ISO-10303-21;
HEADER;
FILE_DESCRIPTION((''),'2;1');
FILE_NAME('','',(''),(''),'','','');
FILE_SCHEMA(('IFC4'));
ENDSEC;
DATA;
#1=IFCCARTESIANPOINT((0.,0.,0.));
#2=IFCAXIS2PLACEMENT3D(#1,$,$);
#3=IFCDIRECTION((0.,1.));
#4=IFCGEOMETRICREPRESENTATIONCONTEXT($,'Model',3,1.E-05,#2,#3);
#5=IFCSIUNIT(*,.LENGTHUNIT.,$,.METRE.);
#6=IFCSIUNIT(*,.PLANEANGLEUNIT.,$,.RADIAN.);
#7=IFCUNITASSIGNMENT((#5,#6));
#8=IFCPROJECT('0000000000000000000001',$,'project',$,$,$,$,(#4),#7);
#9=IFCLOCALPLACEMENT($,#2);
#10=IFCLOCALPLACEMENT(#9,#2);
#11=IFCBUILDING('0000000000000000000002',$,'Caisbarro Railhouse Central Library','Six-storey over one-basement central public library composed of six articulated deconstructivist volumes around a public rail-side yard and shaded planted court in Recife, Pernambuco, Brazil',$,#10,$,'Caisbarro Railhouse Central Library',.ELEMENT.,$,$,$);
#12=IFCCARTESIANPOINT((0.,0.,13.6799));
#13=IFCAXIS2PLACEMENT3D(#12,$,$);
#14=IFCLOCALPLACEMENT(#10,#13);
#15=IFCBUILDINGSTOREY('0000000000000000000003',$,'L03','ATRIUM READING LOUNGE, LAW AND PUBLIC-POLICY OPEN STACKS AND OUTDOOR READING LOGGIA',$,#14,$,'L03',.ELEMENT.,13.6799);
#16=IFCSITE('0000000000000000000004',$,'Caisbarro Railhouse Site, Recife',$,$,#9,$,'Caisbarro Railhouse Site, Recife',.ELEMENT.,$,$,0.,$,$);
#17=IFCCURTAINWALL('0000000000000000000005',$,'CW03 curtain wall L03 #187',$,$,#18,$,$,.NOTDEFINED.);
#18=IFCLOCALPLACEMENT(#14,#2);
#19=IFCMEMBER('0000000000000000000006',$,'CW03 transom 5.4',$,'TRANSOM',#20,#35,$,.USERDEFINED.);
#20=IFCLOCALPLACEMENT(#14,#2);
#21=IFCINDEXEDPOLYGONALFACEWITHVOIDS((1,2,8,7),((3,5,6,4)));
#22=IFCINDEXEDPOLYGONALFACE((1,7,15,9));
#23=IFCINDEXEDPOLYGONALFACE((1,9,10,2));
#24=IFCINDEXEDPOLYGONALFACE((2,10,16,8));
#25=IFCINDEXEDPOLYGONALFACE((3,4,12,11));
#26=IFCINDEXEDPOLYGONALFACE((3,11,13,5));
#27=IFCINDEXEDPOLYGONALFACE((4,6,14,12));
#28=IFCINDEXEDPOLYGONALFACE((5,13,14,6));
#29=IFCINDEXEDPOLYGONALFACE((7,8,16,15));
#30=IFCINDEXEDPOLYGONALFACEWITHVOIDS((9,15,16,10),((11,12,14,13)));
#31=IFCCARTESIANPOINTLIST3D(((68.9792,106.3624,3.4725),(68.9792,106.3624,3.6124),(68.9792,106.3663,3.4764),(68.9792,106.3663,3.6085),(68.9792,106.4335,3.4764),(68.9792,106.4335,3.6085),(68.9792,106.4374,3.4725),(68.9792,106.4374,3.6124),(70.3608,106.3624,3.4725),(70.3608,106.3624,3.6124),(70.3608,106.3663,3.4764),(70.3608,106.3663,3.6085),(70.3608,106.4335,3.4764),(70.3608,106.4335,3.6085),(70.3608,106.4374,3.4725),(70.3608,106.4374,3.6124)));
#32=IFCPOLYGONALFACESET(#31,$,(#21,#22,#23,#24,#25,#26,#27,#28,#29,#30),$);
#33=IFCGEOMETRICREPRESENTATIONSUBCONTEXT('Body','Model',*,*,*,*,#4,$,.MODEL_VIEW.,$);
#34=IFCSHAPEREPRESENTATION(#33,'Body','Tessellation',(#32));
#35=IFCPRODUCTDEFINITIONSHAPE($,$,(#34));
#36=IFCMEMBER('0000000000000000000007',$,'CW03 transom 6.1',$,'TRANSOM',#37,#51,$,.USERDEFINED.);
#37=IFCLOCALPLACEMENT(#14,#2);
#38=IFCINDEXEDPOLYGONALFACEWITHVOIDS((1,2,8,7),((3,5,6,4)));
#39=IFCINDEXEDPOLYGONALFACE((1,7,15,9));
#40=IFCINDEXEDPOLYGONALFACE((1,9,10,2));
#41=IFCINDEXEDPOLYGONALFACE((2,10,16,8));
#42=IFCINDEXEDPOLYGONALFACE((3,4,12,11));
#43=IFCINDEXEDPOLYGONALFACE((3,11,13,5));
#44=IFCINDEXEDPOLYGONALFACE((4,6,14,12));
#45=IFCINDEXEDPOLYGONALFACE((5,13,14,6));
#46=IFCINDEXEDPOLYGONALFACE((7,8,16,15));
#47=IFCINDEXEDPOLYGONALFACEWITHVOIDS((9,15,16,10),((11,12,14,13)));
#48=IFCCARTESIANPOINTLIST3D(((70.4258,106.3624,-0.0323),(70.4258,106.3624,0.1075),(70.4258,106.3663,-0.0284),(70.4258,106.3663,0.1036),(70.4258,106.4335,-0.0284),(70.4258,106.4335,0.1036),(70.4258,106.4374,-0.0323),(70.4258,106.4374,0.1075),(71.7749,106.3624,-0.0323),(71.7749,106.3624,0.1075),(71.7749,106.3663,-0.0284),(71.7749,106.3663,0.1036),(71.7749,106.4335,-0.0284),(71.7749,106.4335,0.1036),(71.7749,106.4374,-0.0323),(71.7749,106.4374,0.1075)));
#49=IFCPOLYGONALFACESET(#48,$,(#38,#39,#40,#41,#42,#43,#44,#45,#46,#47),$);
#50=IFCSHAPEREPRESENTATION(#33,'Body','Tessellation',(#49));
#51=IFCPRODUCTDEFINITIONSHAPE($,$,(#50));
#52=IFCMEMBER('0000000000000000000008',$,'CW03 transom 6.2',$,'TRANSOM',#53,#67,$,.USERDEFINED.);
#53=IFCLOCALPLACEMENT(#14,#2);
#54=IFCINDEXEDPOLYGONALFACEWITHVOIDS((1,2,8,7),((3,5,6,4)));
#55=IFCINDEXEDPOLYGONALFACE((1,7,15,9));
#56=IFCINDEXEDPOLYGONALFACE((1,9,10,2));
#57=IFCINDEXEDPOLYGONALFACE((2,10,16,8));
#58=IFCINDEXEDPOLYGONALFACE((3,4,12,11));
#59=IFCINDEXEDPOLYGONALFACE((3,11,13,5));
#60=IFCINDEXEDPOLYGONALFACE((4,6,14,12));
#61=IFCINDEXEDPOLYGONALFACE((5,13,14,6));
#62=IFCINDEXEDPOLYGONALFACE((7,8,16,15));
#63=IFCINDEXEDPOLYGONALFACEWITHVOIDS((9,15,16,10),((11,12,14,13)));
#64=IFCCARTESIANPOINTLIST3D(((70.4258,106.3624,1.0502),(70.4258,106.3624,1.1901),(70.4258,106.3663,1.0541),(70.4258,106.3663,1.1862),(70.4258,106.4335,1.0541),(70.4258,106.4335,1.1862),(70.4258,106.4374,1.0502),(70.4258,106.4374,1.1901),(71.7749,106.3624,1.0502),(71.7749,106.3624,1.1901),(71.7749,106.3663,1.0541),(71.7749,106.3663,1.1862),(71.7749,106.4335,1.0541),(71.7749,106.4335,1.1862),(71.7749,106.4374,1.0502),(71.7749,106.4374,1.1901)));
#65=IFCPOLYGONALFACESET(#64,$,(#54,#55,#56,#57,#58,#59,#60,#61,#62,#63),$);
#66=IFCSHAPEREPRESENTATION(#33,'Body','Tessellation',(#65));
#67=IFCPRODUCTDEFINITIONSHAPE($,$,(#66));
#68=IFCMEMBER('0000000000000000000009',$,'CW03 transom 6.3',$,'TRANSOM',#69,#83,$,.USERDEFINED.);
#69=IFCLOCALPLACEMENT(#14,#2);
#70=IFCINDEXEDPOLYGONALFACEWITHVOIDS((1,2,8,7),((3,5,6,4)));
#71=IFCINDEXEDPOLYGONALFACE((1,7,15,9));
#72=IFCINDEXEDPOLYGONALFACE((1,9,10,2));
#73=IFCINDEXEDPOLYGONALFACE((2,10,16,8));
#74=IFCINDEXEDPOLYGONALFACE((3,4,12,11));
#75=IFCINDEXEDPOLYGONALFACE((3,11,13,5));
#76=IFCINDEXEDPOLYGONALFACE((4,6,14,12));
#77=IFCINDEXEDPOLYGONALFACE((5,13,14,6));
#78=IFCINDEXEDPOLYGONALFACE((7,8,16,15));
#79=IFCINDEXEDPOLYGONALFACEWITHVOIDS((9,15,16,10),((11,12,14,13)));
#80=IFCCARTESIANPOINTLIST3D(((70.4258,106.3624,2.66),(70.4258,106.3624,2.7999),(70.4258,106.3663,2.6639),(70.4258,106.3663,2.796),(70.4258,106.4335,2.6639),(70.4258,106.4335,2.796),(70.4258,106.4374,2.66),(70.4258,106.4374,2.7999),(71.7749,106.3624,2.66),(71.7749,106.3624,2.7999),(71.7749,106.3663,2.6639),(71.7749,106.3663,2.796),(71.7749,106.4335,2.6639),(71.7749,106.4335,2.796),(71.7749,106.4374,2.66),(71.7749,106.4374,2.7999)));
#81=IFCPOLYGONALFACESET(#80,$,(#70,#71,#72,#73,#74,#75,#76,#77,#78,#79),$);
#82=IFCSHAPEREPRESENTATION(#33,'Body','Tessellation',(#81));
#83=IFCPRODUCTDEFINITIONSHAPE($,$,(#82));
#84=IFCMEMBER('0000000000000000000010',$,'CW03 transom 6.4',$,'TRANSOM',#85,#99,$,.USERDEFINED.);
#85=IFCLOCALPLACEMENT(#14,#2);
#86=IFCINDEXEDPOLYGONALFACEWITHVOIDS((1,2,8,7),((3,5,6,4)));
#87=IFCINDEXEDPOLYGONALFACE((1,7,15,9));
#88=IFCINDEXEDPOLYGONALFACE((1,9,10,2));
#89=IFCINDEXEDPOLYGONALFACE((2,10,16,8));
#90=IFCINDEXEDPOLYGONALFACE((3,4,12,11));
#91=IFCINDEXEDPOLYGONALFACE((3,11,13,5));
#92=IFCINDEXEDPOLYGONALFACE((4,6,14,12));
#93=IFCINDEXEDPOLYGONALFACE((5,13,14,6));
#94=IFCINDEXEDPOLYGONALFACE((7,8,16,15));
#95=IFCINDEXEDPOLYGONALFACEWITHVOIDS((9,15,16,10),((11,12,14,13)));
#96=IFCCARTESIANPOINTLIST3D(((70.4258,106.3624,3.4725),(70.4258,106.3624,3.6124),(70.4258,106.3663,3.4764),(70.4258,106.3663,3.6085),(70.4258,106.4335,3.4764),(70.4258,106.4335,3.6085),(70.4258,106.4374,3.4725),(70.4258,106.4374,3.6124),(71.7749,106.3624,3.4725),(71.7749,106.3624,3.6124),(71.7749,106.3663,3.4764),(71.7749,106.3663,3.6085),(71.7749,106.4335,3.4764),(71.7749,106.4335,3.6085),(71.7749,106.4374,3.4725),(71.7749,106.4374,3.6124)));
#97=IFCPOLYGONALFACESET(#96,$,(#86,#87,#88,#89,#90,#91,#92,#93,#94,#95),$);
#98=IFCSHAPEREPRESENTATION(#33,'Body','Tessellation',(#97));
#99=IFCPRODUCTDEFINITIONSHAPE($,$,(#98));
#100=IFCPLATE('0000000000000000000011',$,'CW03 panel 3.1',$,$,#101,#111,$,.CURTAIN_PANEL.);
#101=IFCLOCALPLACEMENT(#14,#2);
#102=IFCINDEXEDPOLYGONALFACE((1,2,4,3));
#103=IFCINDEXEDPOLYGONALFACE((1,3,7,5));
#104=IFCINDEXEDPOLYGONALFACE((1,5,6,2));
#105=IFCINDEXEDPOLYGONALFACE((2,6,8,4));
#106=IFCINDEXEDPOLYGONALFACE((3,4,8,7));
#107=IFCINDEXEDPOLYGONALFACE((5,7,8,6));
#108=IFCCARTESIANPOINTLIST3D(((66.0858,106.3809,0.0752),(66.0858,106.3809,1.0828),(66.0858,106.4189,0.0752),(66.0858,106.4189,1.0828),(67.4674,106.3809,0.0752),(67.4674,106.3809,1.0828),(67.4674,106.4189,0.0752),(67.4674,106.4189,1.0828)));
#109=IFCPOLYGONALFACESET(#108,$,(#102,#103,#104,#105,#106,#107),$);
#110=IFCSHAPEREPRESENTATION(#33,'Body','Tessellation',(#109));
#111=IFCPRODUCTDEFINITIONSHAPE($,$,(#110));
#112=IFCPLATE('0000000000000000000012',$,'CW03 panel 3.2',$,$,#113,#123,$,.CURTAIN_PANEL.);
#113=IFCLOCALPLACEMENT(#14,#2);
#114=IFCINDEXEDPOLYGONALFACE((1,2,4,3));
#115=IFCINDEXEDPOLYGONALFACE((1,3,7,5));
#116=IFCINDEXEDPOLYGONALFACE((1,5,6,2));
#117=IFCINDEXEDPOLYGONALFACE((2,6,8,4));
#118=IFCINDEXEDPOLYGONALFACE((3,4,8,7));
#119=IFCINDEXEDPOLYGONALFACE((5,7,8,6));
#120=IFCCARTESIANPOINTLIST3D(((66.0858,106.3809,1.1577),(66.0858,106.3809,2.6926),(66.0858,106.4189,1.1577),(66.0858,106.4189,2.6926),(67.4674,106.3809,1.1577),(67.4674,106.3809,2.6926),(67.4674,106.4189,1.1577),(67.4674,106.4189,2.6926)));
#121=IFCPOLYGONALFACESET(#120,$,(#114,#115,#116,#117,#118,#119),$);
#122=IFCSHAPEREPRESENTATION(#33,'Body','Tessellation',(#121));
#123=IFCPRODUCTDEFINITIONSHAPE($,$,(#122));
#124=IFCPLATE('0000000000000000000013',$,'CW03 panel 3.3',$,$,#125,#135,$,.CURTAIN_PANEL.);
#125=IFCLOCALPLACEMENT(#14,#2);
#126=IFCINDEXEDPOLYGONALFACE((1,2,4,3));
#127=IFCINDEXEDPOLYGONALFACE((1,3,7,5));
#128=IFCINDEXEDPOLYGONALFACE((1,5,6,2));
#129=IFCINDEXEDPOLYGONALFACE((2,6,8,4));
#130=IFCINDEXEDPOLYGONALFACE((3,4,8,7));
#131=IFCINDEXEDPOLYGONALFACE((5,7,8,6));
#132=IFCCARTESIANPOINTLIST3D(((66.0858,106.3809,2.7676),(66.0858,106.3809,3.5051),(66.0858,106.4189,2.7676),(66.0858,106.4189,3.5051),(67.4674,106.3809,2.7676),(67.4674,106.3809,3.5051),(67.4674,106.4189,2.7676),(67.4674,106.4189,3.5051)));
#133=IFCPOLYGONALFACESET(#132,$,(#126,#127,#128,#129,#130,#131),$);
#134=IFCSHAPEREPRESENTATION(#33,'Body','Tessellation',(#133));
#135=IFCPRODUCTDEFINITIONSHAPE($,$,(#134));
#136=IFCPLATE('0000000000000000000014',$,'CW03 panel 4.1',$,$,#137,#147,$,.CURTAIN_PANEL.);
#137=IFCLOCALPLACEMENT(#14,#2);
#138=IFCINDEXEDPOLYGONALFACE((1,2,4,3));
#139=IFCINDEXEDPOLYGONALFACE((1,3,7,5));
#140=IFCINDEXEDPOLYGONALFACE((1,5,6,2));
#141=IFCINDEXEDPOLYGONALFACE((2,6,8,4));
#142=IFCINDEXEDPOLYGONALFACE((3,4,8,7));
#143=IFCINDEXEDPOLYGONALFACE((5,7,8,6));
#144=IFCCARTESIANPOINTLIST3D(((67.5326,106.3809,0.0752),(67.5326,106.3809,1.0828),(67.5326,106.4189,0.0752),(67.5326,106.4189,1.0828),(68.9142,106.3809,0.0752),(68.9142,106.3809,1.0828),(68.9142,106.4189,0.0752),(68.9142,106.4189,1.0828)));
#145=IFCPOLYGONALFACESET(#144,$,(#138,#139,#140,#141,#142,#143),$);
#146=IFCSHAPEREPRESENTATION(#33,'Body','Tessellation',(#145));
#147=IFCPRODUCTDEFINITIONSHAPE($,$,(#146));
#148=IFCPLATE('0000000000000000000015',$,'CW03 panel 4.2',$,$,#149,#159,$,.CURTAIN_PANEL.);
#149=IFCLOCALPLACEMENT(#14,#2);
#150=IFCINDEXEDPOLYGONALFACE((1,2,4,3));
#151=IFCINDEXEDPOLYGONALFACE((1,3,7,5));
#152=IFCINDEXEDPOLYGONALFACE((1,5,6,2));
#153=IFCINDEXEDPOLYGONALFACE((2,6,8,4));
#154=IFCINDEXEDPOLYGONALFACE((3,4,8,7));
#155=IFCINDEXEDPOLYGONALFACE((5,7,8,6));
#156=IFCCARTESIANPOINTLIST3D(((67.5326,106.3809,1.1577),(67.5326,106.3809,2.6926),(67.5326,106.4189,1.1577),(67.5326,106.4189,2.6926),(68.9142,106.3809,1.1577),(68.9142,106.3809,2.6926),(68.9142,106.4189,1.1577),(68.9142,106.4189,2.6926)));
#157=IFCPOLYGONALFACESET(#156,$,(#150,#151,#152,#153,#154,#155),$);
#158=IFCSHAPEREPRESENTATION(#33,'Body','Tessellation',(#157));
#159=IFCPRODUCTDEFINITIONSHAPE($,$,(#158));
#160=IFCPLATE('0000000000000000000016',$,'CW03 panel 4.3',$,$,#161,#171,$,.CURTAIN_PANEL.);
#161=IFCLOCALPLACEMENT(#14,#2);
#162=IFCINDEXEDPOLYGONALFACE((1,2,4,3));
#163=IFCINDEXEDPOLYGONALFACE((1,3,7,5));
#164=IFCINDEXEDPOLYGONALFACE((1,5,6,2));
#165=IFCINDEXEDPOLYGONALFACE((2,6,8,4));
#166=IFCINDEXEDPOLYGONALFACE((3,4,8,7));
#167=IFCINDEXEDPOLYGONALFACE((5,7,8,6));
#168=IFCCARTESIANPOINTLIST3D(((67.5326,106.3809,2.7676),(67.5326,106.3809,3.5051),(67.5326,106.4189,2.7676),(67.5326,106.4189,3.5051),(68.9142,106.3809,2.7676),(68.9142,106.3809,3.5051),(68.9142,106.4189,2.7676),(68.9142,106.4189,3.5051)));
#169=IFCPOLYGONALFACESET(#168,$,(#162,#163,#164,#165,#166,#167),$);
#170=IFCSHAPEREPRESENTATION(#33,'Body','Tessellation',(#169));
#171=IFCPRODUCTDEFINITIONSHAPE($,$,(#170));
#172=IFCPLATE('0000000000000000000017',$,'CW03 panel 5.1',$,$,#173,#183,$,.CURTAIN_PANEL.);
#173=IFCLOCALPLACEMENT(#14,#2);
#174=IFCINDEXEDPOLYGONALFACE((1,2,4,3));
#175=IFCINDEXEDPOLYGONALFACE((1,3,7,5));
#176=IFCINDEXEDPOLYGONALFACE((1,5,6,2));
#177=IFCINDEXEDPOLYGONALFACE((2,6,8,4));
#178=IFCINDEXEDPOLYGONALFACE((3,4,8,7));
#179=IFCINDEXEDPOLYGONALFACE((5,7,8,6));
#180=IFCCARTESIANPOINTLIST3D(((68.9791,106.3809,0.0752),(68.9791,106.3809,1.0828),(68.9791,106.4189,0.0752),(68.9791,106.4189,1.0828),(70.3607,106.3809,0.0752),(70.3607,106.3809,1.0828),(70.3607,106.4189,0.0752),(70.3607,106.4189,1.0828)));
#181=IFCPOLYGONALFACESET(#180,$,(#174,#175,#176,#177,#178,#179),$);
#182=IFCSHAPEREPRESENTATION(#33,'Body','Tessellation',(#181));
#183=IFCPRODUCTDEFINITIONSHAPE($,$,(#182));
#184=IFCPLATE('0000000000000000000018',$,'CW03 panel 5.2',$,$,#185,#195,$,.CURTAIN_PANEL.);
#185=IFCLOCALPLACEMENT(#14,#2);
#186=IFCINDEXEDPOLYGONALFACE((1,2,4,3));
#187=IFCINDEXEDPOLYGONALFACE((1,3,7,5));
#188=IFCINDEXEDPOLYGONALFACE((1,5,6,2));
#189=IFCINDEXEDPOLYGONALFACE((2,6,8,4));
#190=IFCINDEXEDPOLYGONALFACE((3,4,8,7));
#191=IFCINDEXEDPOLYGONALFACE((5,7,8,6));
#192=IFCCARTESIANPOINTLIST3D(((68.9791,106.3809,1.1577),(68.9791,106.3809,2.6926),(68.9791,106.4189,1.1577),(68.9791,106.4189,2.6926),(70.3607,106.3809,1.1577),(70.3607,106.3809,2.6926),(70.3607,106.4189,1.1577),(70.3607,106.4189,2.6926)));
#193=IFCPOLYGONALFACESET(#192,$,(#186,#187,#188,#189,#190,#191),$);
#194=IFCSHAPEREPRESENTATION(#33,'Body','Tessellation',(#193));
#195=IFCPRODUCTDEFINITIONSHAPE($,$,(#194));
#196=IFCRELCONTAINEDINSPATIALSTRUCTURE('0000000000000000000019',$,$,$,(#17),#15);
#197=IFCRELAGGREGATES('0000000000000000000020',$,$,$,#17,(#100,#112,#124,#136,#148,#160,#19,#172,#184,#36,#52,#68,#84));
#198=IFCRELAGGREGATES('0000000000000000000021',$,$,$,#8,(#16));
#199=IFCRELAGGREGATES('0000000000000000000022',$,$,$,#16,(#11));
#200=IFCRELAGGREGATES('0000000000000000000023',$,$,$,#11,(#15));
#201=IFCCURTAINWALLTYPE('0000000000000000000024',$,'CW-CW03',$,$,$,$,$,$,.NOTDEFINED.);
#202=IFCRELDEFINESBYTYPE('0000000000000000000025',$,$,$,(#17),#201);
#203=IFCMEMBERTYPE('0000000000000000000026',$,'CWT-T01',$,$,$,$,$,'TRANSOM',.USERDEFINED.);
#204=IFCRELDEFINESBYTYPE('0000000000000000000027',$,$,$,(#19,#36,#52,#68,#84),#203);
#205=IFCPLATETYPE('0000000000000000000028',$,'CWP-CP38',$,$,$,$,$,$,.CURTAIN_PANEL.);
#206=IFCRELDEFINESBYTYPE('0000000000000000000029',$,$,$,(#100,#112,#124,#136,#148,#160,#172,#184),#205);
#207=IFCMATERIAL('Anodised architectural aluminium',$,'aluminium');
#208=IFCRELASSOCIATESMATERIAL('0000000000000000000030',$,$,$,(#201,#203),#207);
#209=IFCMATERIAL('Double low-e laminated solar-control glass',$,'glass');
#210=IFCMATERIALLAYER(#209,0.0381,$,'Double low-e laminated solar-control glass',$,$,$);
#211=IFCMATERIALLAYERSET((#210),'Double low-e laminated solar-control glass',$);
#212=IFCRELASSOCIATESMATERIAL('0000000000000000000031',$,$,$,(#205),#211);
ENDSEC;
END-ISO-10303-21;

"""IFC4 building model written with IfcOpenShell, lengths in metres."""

from ifc_helpers import new_model, si_unit, direction, frame, origin, origin_2d, place, context, subcontext, project, spatial, rectangle, hollow_rectangle, extrude, material, layer, layer_set, material_profile, profile_set, type_object, element, aggregate, save


model = new_model("IFC4")

# Units and contexts
model_context = context("Model", 3, precision=1e-05, world=origin(), true_north=direction((0.0, 1.0)))
body_context = subcontext(model_context, "Body", "Model", "MODEL_VIEW")
ifc_project = project(units=[si_unit("LENGTHUNIT", "METRE"), si_unit("PLANEANGLEUNIT", "RADIAN")], contexts=[model_context])

# Site, building, storey
site_placement = place(None, origin())
site = spatial("IfcSite", under=ifc_project, at=site_placement, Name="Caisbarro Railhouse Site, Recife", LongName="Caisbarro Railhouse Site, Recife", CompositionType="ELEMENT", RefElevation=0.0)
building_placement = place(site_placement, origin())
building = spatial("IfcBuilding", under=site, at=building_placement, Name="Caisbarro Railhouse Central Library", Description="Six-storey over one-basement central public library composed of six articulated deconstructivist volumes around a public rail-side yard and shaded planted court in Recife, Pernambuco, Brazil", LongName="Caisbarro Railhouse Central Library", CompositionType="ELEMENT")
storey_placement = place(building_placement, frame((0.0, 0.0, 13.6799)))
storey = spatial("IfcBuildingStorey", under=building, at=storey_placement, Name="L03", Description="ATRIUM READING LOUNGE, LAW AND PUBLIC-POLICY OPEN STACKS AND OUTDOOR READING LOGGIA", LongName="L03", CompositionType="ELEMENT", Elevation=13.6799)

# Curtain wall, members, plates
ifc_material_1 = material(Name="Anodised architectural aluminium", Category="aluminium")
curtain_wall_type = type_object("IfcCurtainWallType", Name="CW-CW03", PredefinedType="NOTDEFINED", material=ifc_material_1)
curtain_wall_placement = place(storey_placement, origin())
curtain_wall = element("IfcCurtainWall", 1, at=curtain_wall_placement, inside=storey, type_object=curtain_wall_type, Name="CW03 curtain wall L03 #187", PredefinedType="NOTDEFINED")
ifc_material_profile_1 = material_profile(ifc_material_1, hollow_rectangle(XDim=0.075, YDim=0.1399, WallThickness=0.0039, at=origin_2d()), Name="ALU-TRN-75X140")
ifc_profile_set_1 = profile_set([ifc_material_profile_1], Name="Anodised architectural aluminium")
member_type_1 = type_object("IfcMemberType", Name="CWT-T01", ElementType="TRANSOM", PredefinedType="USERDEFINED", material=ifc_profile_set_1)
member_1_placement = place(storey_placement, frame((68.9792, 106.3999, 3.5425), z_axis=(1.0, 0.0, 0.0), x_axis=(0.0, 1.0, 0.0)))
member_1 = element("IfcMember", 2, at=member_1_placement, type_object=member_type_1, Name="CW03 transom 5.4", ObjectType="TRANSOM", PredefinedType="USERDEFINED", context=body_context, shape_type="SweptSolid", body=[
    extrude(hollow_rectangle(XDim=0.075, YDim=0.1399, WallThickness=0.0039, at=origin_2d()), origin(), (0.0, 0.0, 1.0), 1.3816),
])
member_2_placement = place(storey_placement, frame((70.4258, 106.3999, 0.0376), z_axis=(1.0, 0.0, 0.0), x_axis=(0.0, 1.0, 0.0)))
member_2 = element("IfcMember", 3, at=member_2_placement, type_object=member_type_1, Name="CW03 transom 6.1", ObjectType="TRANSOM", PredefinedType="USERDEFINED", context=body_context, shape_type="SweptSolid", body=[
    extrude(hollow_rectangle(XDim=0.075, YDim=0.1399, WallThickness=0.0039, at=origin_2d()), origin(), (0.0, 0.0, 1.0), 1.3491),
])
member_3_placement = place(storey_placement, frame((70.4258, 106.3999, 1.1201), z_axis=(1.0, 0.0, 0.0), x_axis=(0.0, 1.0, 0.0)))
member_3 = element("IfcMember", 4, at=member_3_placement, type_object=member_type_1, Name="CW03 transom 6.2", ObjectType="TRANSOM", PredefinedType="USERDEFINED", context=body_context, shape_type="SweptSolid", body=[
    extrude(hollow_rectangle(XDim=0.075, YDim=0.1399, WallThickness=0.0039, at=origin_2d()), origin(), (0.0, 0.0, 1.0), 1.3491),
])
member_4_placement = place(storey_placement, frame((70.4258, 106.3999, 2.73), z_axis=(1.0, 0.0, 0.0), x_axis=(0.0, 1.0, 0.0)))
member_4 = element("IfcMember", 5, at=member_4_placement, type_object=member_type_1, Name="CW03 transom 6.3", ObjectType="TRANSOM", PredefinedType="USERDEFINED", context=body_context, shape_type="SweptSolid", body=[
    extrude(hollow_rectangle(XDim=0.075, YDim=0.1399, WallThickness=0.0039, at=origin_2d()), origin(), (0.0, 0.0, 1.0), 1.3491),
])
member_5_placement = place(storey_placement, frame((70.4258, 106.3999, 3.5425), z_axis=(1.0, 0.0, 0.0), x_axis=(0.0, 1.0, 0.0)))
member_5 = element("IfcMember", 6, at=member_5_placement, type_object=member_type_1, Name="CW03 transom 6.4", ObjectType="TRANSOM", PredefinedType="USERDEFINED", context=body_context, shape_type="SweptSolid", body=[
    extrude(hollow_rectangle(XDim=0.075, YDim=0.1399, WallThickness=0.0039, at=origin_2d()), origin(), (0.0, 0.0, 1.0), 1.3491),
])
ifc_material_2 = material(Name="Double low-e laminated solar-control glass", Category="glass")
ifc_layer_1 = layer(ifc_material_2, 0.0381, Name="Double low-e laminated solar-control glass")
ifc_layer_set_1 = layer_set([ifc_layer_1], Name="Double low-e laminated solar-control glass")
plate_type = type_object("IfcPlateType", Name="CWP-CP38", PredefinedType="CURTAIN_PANEL", material=ifc_layer_set_1)
plate_1_placement = place(storey_placement, frame((66.7766, 106.3999, 0.0752), z_axis=(0.0, 0.0, 1.0), x_axis=(1.0, 0.0, 0.0)))
plate_1 = element("IfcPlate", 7, at=plate_1_placement, type_object=plate_type, Name="CW03 panel 3.1", PredefinedType="CURTAIN_PANEL", context=body_context, shape_type="SweptSolid", body=[
    extrude(rectangle(XDim=1.3816, YDim=0.0381, at=origin_2d()), origin(), (0.0, 0.0, 1.0), 1.0076),
])
plate_2_placement = place(storey_placement, frame((66.7766, 106.3999, 1.1577), z_axis=(0.0, 0.0, 1.0), x_axis=(1.0, 0.0, 0.0)))
plate_2 = element("IfcPlate", 8, at=plate_2_placement, type_object=plate_type, Name="CW03 panel 3.2", PredefinedType="CURTAIN_PANEL", context=body_context, shape_type="SweptSolid", body=[
    extrude(rectangle(XDim=1.3816, YDim=0.0381, at=origin_2d()), origin(), (0.0, 0.0, 1.0), 1.5349),
])
plate_3_placement = place(storey_placement, frame((66.7766, 106.3999, 2.7676), z_axis=(0.0, 0.0, 1.0), x_axis=(1.0, 0.0, 0.0)))
plate_3 = element("IfcPlate", 9, at=plate_3_placement, type_object=plate_type, Name="CW03 panel 3.3", PredefinedType="CURTAIN_PANEL", context=body_context, shape_type="SweptSolid", body=[
    extrude(rectangle(XDim=1.3816, YDim=0.0381, at=origin_2d()), origin(), (0.0, 0.0, 1.0), 0.7375),
])
plate_4_placement = place(storey_placement, frame((68.2234, 106.3999, 0.0752), z_axis=(0.0, 0.0, 1.0), x_axis=(1.0, 0.0, 0.0)))
plate_4 = element("IfcPlate", 10, at=plate_4_placement, type_object=plate_type, Name="CW03 panel 4.1", PredefinedType="CURTAIN_PANEL", context=body_context, shape_type="SweptSolid", body=[
    extrude(rectangle(XDim=1.3816, YDim=0.0381, at=origin_2d()), origin(), (0.0, 0.0, 1.0), 1.0076),
])
plate_5_placement = place(storey_placement, frame((68.2234, 106.3999, 1.1577), z_axis=(0.0, 0.0, 1.0), x_axis=(1.0, 0.0, 0.0)))
plate_5 = element("IfcPlate", 11, at=plate_5_placement, type_object=plate_type, Name="CW03 panel 4.2", PredefinedType="CURTAIN_PANEL", context=body_context, shape_type="SweptSolid", body=[
    extrude(rectangle(XDim=1.3816, YDim=0.0381, at=origin_2d()), origin(), (0.0, 0.0, 1.0), 1.5349),
])
plate_6_placement = place(storey_placement, frame((68.2234, 106.3999, 2.7676), z_axis=(0.0, 0.0, 1.0), x_axis=(1.0, 0.0, 0.0)))
plate_6 = element("IfcPlate", 12, at=plate_6_placement, type_object=plate_type, Name="CW03 panel 4.3", PredefinedType="CURTAIN_PANEL", context=body_context, shape_type="SweptSolid", body=[
    extrude(rectangle(XDim=1.3816, YDim=0.0381, at=origin_2d()), origin(), (0.0, 0.0, 1.0), 0.7375),
])
plate_7_placement = place(storey_placement, frame((69.6699, 106.3999, 0.0752), z_axis=(0.0, 0.0, 1.0), x_axis=(1.0, 0.0, 0.0)))
plate_7 = element("IfcPlate", 13, at=plate_7_placement, type_object=plate_type, Name="CW03 panel 5.1", PredefinedType="CURTAIN_PANEL", context=body_context, shape_type="SweptSolid", body=[
    extrude(rectangle(XDim=1.3816, YDim=0.0381, at=origin_2d()), origin(), (0.0, 0.0, 1.0), 1.0076),
])
plate_8_placement = place(storey_placement, frame((69.6699, 106.3999, 1.1577), z_axis=(0.0, 0.0, 1.0), x_axis=(1.0, 0.0, 0.0)))
plate_8 = element("IfcPlate", 14, at=plate_8_placement, type_object=plate_type, Name="CW03 panel 5.2", PredefinedType="CURTAIN_PANEL", context=body_context, shape_type="SweptSolid", body=[
    extrude(rectangle(XDim=1.3816, YDim=0.0381, at=origin_2d()), origin(), (0.0, 0.0, 1.0), 1.5349),
])
aggregate(curtain_wall, [plate_1, plate_2, plate_3, plate_4, plate_5, plate_6, member_1, plate_7, plate_8, member_2, member_3, member_4, member_5])

save(model, "model.ifc")
